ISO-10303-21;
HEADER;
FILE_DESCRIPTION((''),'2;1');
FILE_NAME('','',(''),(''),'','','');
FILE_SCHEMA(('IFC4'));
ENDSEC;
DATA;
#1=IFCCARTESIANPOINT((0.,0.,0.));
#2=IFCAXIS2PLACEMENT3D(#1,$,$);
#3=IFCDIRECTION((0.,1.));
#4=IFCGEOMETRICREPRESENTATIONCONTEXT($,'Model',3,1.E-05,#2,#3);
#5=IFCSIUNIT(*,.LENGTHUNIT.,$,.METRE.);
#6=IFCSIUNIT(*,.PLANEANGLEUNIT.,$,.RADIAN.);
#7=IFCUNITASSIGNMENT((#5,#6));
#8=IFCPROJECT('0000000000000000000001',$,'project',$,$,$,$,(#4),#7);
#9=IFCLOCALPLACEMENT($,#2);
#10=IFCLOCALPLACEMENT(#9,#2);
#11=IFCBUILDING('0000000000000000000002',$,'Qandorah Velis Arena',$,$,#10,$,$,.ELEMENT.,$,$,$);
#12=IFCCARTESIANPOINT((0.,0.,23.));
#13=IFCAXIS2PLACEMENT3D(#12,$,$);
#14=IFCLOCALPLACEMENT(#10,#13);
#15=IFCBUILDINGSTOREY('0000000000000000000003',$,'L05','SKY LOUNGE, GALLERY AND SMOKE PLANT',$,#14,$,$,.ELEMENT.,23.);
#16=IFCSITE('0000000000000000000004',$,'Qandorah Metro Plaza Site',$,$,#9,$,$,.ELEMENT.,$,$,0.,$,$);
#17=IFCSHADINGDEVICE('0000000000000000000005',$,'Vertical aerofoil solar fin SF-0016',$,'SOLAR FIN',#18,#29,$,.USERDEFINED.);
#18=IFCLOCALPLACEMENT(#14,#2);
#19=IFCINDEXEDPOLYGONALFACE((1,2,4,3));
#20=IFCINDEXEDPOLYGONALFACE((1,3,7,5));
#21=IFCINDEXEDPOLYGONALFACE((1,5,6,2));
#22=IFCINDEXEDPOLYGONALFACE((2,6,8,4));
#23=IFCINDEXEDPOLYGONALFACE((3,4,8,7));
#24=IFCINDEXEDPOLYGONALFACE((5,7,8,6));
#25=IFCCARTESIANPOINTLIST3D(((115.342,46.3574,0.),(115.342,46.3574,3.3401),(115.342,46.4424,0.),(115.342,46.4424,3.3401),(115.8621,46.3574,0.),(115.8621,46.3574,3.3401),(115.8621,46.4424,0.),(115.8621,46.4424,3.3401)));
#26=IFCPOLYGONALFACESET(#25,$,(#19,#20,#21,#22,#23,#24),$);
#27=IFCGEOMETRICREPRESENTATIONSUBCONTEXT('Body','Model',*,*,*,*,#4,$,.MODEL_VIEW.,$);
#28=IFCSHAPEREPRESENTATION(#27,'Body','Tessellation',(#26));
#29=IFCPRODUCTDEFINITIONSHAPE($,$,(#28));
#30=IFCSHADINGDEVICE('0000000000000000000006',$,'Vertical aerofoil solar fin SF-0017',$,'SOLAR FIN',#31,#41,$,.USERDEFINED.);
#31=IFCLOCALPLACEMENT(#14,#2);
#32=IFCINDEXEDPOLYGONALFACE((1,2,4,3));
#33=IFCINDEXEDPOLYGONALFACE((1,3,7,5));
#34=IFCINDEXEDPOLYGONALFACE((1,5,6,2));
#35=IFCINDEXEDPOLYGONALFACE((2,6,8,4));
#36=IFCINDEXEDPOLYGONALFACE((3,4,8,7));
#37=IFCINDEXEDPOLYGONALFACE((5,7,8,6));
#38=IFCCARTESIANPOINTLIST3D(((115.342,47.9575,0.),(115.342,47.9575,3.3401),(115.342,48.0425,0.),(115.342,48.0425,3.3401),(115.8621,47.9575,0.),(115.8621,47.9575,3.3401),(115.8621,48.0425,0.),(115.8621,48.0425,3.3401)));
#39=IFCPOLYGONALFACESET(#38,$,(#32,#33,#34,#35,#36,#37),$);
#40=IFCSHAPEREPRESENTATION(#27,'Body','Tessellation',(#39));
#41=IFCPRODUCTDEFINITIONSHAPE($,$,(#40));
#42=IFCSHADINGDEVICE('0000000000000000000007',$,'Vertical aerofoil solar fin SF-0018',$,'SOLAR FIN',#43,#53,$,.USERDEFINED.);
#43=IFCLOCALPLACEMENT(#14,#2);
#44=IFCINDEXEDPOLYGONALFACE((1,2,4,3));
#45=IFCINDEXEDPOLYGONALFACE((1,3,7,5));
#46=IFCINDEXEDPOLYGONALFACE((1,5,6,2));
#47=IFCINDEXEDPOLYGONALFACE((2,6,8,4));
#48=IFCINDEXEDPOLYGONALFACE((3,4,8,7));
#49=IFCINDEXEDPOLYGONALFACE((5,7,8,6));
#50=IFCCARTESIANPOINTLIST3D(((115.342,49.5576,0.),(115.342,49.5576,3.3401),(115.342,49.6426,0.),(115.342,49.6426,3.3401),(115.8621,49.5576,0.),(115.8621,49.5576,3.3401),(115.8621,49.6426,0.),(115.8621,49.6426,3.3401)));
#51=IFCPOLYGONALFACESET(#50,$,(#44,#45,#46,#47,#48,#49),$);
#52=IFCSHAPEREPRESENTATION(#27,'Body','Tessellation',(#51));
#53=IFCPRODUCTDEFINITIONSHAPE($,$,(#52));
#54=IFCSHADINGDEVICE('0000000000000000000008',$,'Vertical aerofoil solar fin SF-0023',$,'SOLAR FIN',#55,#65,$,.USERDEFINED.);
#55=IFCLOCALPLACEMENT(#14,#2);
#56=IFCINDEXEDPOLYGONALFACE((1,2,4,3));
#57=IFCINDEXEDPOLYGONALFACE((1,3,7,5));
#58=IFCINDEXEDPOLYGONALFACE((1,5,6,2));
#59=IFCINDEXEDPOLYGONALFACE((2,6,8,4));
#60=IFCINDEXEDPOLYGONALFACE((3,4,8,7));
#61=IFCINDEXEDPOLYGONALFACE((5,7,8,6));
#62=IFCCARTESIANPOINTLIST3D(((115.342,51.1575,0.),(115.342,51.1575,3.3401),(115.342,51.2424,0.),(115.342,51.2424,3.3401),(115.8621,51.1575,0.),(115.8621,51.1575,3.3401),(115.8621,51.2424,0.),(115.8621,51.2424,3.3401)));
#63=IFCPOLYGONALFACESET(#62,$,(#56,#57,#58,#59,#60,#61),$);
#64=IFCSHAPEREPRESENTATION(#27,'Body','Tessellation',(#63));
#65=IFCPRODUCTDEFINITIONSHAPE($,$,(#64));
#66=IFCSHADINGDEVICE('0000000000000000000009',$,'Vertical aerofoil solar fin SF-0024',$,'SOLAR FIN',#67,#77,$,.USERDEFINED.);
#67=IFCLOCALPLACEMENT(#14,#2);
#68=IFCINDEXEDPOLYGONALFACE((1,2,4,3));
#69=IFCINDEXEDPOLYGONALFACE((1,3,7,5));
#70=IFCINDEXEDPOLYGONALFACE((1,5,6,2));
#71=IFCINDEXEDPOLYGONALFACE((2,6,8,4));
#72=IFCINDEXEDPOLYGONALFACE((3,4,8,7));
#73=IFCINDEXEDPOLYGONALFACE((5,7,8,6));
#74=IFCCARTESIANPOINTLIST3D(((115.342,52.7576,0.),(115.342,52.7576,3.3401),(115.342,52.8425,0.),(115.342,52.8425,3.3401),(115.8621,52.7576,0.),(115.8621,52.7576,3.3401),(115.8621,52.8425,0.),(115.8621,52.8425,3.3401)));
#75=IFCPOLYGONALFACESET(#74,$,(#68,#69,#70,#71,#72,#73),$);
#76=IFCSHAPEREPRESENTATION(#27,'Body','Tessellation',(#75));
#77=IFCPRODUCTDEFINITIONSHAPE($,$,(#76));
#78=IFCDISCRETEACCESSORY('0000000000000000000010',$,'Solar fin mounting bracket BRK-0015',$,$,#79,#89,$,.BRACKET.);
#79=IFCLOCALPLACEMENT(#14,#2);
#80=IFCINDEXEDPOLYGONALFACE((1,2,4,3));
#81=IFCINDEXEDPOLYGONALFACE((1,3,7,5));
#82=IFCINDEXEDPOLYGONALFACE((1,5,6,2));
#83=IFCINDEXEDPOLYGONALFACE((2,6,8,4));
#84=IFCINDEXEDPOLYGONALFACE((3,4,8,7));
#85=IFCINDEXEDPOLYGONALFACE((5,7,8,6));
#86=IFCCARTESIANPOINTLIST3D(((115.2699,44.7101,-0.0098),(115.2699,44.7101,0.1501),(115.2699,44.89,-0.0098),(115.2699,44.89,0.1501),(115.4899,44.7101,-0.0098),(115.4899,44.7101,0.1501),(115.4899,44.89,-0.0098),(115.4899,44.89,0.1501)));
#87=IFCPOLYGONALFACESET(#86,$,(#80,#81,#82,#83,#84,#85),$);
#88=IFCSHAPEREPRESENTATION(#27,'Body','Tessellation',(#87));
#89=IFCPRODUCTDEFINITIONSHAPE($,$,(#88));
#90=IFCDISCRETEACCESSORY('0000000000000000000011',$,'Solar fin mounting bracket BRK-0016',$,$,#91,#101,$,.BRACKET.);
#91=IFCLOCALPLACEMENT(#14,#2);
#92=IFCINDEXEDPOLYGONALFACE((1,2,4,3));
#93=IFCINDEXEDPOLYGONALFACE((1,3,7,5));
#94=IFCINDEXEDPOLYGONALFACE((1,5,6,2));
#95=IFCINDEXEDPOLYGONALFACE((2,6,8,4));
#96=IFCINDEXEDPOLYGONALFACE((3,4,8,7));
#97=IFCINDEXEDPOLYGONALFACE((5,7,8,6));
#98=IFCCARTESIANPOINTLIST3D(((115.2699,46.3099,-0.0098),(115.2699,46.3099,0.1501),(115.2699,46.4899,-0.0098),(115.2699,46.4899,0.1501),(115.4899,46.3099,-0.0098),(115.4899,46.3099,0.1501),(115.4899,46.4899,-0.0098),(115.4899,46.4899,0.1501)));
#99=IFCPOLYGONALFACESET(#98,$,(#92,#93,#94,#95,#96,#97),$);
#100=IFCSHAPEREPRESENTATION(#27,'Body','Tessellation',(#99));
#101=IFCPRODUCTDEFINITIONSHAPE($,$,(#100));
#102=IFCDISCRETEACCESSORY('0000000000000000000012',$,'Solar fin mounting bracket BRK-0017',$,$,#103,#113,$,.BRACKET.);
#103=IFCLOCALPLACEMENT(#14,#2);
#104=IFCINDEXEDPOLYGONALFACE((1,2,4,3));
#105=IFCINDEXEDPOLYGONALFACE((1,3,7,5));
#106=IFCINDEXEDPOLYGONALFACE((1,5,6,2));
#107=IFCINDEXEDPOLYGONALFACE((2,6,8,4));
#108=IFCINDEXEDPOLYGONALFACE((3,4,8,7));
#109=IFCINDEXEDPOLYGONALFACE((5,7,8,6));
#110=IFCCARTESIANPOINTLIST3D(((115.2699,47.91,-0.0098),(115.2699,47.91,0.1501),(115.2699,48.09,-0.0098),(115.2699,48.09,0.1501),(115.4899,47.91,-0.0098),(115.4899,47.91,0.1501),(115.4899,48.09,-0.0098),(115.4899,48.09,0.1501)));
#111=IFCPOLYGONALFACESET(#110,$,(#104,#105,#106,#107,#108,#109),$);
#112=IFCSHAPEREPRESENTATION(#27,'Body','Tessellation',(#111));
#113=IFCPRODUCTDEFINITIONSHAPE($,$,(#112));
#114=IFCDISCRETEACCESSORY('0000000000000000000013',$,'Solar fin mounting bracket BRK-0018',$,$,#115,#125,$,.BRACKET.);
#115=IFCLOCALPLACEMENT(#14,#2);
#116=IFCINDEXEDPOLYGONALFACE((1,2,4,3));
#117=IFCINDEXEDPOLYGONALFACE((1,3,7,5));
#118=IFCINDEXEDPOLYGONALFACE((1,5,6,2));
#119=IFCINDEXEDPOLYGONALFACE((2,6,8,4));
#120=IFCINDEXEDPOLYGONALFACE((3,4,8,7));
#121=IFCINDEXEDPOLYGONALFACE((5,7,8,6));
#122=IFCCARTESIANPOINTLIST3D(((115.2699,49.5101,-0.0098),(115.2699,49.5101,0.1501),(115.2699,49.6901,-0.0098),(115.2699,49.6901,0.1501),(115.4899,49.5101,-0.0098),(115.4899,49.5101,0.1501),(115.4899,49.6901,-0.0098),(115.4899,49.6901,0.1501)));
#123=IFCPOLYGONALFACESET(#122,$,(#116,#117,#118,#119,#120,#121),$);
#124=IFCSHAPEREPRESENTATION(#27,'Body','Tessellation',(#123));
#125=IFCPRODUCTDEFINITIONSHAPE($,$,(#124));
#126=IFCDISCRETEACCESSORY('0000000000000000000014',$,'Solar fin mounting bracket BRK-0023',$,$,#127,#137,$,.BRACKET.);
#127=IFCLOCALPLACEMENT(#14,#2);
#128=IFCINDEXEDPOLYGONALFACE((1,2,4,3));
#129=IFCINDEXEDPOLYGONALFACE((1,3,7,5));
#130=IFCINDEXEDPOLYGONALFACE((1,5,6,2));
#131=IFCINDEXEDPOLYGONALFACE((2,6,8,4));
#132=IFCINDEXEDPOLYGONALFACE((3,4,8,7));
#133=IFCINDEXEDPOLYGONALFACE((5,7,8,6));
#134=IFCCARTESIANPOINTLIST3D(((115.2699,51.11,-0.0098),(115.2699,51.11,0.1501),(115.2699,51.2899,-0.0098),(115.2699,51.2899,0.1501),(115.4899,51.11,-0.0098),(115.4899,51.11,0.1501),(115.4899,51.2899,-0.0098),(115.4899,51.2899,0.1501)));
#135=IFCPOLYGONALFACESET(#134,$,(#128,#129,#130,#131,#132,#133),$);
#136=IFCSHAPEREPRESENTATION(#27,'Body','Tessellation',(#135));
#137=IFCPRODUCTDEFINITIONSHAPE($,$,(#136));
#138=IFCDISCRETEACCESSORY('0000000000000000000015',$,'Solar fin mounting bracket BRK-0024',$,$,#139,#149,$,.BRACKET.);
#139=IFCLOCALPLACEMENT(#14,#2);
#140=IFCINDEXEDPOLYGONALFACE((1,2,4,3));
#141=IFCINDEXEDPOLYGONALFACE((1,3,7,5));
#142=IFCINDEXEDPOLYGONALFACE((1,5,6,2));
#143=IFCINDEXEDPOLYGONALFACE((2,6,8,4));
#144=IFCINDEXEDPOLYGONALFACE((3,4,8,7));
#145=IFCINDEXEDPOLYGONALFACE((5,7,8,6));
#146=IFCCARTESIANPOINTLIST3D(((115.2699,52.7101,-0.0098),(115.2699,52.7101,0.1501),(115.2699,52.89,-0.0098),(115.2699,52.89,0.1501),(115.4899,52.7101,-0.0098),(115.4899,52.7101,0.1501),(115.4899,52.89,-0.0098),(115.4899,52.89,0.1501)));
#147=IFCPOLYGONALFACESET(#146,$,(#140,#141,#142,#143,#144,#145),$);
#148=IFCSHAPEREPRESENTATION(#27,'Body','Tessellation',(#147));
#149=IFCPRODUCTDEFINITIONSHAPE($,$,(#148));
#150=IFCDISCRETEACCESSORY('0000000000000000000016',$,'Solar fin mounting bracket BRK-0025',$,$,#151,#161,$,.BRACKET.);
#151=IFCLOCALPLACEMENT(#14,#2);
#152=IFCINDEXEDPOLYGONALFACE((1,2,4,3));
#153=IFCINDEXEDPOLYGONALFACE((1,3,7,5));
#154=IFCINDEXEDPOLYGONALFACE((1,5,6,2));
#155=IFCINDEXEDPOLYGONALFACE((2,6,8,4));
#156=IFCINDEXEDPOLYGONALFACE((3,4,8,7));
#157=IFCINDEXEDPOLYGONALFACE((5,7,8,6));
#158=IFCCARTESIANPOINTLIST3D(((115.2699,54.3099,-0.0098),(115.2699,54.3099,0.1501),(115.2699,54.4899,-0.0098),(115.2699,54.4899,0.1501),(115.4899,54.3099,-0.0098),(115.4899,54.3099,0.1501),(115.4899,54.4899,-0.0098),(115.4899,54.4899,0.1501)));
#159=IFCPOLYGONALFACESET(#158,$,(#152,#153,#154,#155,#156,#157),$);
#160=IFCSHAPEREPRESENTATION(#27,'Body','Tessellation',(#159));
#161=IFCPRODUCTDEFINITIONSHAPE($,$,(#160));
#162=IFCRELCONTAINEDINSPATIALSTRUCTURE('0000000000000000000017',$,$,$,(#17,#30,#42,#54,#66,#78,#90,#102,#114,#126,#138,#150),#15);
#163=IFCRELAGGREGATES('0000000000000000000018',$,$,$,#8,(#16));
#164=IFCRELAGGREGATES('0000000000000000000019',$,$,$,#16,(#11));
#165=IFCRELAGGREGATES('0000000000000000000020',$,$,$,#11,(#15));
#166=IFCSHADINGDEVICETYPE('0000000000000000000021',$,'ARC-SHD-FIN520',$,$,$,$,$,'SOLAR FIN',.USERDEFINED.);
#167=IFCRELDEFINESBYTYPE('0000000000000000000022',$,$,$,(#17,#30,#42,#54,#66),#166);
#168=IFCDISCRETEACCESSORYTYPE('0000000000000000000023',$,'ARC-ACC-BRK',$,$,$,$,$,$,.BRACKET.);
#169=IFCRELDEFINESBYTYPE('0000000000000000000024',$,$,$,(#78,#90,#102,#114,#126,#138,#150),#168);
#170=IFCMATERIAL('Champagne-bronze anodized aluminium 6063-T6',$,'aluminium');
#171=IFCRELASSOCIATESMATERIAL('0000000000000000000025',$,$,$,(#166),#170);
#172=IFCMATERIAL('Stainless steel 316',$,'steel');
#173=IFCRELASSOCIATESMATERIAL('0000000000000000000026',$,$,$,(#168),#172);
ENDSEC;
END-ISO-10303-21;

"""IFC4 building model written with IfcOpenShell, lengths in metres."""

from ifc_helpers import new_model, si_unit, direction, frame, origin, origin_2d, place, context, subcontext, project, spatial, rectangle, extrude, material, type_object, element, save


model = new_model("IFC4")

# Units and contexts
model_context = context("Model", 3, precision=1e-05, world=origin(), true_north=direction((0.0, 1.0)))
body_context = subcontext(model_context, "Body", "Model", "MODEL_VIEW")
ifc_project = project(units=[si_unit("LENGTHUNIT", "METRE"), si_unit("PLANEANGLEUNIT", "RADIAN")], contexts=[model_context])

# Site, building, storey
site_placement = place(None, origin())
site = spatial("IfcSite", under=ifc_project, at=site_placement, Name="Qandorah Metro Plaza Site", CompositionType="ELEMENT", RefElevation=0.0)
building_placement = place(site_placement, origin())
building = spatial("IfcBuilding", under=site, at=building_placement, Name="Qandorah Velis Arena", CompositionType="ELEMENT")
storey_placement = place(building_placement, frame((0.0, 0.0, 23.0)))
storey = spatial("IfcBuildingStorey", under=building, at=storey_placement, Name="L05", Description="SKY LOUNGE, GALLERY AND SMOKE PLANT", CompositionType="ELEMENT", Elevation=23.0)

# Shared definitions
ifc_material_1 = material(Name="Champagne-bronze anodized aluminium 6063-T6", Category="aluminium")

# Shading devices
shading_device_type = type_object("IfcShadingDeviceType", Name="ARC-SHD-FIN520", ElementType="SOLAR FIN", PredefinedType="USERDEFINED", material=ifc_material_1)
for number, where, z_axis, x_axis, name in (
    (1, (115.6021, 46.3999, 0.0), (0.0, 0.0, 1.0), (1.0, 0.0, 0.0), "Vertical aerofoil solar fin SF-0016"),
    (2, (115.6021, 48.0, 0.0), (0.0, 0.0, 1.0), (1.0, 0.0, 0.0), "Vertical aerofoil solar fin SF-0017"),
    (3, (115.6021, 49.6001, 0.0), (0.0, 0.0, 1.0), (1.0, 0.0, 0.0), "Vertical aerofoil solar fin SF-0018"),
    (4, (115.6021, 51.2, 0.0), (0.0, 0.0, 1.0), (1.0, 0.0, 0.0), "Vertical aerofoil solar fin SF-0023"),
    (5, (115.6021, 52.8, 0.0), (0.0, 0.0, 1.0), (1.0, 0.0, 0.0), "Vertical aerofoil solar fin SF-0024"),
):
    element("IfcShadingDevice", number, at=place(storey_placement, frame(where, z_axis=z_axis, x_axis=x_axis)), inside=storey, type_object=shading_device_type, Name=name, ObjectType="SOLAR FIN", PredefinedType="USERDEFINED", context=body_context, shape_type="SweptSolid", body=[
        extrude(rectangle(XDim=0.52, YDim=0.085, at=origin_2d()), origin(), (0.0, 0.0, 1.0), 3.3401),
    ])

# Discrete accessories
ifc_material_2 = material(Name="Stainless steel 316", Category="steel")
discrete_accessory_type = type_object("IfcDiscreteAccessoryType", Name="ARC-ACC-BRK", PredefinedType="BRACKET", material=ifc_material_2)
for number, where, z_axis, x_axis, name in (
    (6, (115.3799, 44.8, -0.0098), (0.0, 0.0, 1.0), (1.0, 0.0, 0.0), "Solar fin mounting bracket BRK-0015"),
    (7, (115.3799, 46.3999, -0.0098), (0.0, 0.0, 1.0), (1.0, 0.0, 0.0), "Solar fin mounting bracket BRK-0016"),
    (8, (115.3799, 48.0, -0.0098), (0.0, 0.0, 1.0), (1.0, 0.0, 0.0), "Solar fin mounting bracket BRK-0017"),
    (9, (115.3799, 49.6001, -0.0098), (0.0, 0.0, 1.0), (1.0, 0.0, 0.0), "Solar fin mounting bracket BRK-0018"),
    (10, (115.3799, 51.2, -0.0098), (0.0, 0.0, 1.0), (1.0, 0.0, 0.0), "Solar fin mounting bracket BRK-0023"),
    (11, (115.3799, 52.8, -0.0098), (0.0, 0.0, 1.0), (1.0, 0.0, 0.0), "Solar fin mounting bracket BRK-0024"),
    (12, (115.3799, 54.3999, -0.0098), (0.0, 0.0, 1.0), (1.0, 0.0, 0.0), "Solar fin mounting bracket BRK-0025"),
):
    element("IfcDiscreteAccessory", number, at=place(storey_placement, frame(where, z_axis=z_axis, x_axis=x_axis)), inside=storey, type_object=discrete_accessory_type, Name=name, PredefinedType="BRACKET", context=body_context, shape_type="SweptSolid", body=[
        extrude(rectangle(XDim=0.22, YDim=0.1799, at=origin_2d()), origin(), (0.0, 0.0, 1.0), 0.1599),
    ])

save(model, "model.ifc")
